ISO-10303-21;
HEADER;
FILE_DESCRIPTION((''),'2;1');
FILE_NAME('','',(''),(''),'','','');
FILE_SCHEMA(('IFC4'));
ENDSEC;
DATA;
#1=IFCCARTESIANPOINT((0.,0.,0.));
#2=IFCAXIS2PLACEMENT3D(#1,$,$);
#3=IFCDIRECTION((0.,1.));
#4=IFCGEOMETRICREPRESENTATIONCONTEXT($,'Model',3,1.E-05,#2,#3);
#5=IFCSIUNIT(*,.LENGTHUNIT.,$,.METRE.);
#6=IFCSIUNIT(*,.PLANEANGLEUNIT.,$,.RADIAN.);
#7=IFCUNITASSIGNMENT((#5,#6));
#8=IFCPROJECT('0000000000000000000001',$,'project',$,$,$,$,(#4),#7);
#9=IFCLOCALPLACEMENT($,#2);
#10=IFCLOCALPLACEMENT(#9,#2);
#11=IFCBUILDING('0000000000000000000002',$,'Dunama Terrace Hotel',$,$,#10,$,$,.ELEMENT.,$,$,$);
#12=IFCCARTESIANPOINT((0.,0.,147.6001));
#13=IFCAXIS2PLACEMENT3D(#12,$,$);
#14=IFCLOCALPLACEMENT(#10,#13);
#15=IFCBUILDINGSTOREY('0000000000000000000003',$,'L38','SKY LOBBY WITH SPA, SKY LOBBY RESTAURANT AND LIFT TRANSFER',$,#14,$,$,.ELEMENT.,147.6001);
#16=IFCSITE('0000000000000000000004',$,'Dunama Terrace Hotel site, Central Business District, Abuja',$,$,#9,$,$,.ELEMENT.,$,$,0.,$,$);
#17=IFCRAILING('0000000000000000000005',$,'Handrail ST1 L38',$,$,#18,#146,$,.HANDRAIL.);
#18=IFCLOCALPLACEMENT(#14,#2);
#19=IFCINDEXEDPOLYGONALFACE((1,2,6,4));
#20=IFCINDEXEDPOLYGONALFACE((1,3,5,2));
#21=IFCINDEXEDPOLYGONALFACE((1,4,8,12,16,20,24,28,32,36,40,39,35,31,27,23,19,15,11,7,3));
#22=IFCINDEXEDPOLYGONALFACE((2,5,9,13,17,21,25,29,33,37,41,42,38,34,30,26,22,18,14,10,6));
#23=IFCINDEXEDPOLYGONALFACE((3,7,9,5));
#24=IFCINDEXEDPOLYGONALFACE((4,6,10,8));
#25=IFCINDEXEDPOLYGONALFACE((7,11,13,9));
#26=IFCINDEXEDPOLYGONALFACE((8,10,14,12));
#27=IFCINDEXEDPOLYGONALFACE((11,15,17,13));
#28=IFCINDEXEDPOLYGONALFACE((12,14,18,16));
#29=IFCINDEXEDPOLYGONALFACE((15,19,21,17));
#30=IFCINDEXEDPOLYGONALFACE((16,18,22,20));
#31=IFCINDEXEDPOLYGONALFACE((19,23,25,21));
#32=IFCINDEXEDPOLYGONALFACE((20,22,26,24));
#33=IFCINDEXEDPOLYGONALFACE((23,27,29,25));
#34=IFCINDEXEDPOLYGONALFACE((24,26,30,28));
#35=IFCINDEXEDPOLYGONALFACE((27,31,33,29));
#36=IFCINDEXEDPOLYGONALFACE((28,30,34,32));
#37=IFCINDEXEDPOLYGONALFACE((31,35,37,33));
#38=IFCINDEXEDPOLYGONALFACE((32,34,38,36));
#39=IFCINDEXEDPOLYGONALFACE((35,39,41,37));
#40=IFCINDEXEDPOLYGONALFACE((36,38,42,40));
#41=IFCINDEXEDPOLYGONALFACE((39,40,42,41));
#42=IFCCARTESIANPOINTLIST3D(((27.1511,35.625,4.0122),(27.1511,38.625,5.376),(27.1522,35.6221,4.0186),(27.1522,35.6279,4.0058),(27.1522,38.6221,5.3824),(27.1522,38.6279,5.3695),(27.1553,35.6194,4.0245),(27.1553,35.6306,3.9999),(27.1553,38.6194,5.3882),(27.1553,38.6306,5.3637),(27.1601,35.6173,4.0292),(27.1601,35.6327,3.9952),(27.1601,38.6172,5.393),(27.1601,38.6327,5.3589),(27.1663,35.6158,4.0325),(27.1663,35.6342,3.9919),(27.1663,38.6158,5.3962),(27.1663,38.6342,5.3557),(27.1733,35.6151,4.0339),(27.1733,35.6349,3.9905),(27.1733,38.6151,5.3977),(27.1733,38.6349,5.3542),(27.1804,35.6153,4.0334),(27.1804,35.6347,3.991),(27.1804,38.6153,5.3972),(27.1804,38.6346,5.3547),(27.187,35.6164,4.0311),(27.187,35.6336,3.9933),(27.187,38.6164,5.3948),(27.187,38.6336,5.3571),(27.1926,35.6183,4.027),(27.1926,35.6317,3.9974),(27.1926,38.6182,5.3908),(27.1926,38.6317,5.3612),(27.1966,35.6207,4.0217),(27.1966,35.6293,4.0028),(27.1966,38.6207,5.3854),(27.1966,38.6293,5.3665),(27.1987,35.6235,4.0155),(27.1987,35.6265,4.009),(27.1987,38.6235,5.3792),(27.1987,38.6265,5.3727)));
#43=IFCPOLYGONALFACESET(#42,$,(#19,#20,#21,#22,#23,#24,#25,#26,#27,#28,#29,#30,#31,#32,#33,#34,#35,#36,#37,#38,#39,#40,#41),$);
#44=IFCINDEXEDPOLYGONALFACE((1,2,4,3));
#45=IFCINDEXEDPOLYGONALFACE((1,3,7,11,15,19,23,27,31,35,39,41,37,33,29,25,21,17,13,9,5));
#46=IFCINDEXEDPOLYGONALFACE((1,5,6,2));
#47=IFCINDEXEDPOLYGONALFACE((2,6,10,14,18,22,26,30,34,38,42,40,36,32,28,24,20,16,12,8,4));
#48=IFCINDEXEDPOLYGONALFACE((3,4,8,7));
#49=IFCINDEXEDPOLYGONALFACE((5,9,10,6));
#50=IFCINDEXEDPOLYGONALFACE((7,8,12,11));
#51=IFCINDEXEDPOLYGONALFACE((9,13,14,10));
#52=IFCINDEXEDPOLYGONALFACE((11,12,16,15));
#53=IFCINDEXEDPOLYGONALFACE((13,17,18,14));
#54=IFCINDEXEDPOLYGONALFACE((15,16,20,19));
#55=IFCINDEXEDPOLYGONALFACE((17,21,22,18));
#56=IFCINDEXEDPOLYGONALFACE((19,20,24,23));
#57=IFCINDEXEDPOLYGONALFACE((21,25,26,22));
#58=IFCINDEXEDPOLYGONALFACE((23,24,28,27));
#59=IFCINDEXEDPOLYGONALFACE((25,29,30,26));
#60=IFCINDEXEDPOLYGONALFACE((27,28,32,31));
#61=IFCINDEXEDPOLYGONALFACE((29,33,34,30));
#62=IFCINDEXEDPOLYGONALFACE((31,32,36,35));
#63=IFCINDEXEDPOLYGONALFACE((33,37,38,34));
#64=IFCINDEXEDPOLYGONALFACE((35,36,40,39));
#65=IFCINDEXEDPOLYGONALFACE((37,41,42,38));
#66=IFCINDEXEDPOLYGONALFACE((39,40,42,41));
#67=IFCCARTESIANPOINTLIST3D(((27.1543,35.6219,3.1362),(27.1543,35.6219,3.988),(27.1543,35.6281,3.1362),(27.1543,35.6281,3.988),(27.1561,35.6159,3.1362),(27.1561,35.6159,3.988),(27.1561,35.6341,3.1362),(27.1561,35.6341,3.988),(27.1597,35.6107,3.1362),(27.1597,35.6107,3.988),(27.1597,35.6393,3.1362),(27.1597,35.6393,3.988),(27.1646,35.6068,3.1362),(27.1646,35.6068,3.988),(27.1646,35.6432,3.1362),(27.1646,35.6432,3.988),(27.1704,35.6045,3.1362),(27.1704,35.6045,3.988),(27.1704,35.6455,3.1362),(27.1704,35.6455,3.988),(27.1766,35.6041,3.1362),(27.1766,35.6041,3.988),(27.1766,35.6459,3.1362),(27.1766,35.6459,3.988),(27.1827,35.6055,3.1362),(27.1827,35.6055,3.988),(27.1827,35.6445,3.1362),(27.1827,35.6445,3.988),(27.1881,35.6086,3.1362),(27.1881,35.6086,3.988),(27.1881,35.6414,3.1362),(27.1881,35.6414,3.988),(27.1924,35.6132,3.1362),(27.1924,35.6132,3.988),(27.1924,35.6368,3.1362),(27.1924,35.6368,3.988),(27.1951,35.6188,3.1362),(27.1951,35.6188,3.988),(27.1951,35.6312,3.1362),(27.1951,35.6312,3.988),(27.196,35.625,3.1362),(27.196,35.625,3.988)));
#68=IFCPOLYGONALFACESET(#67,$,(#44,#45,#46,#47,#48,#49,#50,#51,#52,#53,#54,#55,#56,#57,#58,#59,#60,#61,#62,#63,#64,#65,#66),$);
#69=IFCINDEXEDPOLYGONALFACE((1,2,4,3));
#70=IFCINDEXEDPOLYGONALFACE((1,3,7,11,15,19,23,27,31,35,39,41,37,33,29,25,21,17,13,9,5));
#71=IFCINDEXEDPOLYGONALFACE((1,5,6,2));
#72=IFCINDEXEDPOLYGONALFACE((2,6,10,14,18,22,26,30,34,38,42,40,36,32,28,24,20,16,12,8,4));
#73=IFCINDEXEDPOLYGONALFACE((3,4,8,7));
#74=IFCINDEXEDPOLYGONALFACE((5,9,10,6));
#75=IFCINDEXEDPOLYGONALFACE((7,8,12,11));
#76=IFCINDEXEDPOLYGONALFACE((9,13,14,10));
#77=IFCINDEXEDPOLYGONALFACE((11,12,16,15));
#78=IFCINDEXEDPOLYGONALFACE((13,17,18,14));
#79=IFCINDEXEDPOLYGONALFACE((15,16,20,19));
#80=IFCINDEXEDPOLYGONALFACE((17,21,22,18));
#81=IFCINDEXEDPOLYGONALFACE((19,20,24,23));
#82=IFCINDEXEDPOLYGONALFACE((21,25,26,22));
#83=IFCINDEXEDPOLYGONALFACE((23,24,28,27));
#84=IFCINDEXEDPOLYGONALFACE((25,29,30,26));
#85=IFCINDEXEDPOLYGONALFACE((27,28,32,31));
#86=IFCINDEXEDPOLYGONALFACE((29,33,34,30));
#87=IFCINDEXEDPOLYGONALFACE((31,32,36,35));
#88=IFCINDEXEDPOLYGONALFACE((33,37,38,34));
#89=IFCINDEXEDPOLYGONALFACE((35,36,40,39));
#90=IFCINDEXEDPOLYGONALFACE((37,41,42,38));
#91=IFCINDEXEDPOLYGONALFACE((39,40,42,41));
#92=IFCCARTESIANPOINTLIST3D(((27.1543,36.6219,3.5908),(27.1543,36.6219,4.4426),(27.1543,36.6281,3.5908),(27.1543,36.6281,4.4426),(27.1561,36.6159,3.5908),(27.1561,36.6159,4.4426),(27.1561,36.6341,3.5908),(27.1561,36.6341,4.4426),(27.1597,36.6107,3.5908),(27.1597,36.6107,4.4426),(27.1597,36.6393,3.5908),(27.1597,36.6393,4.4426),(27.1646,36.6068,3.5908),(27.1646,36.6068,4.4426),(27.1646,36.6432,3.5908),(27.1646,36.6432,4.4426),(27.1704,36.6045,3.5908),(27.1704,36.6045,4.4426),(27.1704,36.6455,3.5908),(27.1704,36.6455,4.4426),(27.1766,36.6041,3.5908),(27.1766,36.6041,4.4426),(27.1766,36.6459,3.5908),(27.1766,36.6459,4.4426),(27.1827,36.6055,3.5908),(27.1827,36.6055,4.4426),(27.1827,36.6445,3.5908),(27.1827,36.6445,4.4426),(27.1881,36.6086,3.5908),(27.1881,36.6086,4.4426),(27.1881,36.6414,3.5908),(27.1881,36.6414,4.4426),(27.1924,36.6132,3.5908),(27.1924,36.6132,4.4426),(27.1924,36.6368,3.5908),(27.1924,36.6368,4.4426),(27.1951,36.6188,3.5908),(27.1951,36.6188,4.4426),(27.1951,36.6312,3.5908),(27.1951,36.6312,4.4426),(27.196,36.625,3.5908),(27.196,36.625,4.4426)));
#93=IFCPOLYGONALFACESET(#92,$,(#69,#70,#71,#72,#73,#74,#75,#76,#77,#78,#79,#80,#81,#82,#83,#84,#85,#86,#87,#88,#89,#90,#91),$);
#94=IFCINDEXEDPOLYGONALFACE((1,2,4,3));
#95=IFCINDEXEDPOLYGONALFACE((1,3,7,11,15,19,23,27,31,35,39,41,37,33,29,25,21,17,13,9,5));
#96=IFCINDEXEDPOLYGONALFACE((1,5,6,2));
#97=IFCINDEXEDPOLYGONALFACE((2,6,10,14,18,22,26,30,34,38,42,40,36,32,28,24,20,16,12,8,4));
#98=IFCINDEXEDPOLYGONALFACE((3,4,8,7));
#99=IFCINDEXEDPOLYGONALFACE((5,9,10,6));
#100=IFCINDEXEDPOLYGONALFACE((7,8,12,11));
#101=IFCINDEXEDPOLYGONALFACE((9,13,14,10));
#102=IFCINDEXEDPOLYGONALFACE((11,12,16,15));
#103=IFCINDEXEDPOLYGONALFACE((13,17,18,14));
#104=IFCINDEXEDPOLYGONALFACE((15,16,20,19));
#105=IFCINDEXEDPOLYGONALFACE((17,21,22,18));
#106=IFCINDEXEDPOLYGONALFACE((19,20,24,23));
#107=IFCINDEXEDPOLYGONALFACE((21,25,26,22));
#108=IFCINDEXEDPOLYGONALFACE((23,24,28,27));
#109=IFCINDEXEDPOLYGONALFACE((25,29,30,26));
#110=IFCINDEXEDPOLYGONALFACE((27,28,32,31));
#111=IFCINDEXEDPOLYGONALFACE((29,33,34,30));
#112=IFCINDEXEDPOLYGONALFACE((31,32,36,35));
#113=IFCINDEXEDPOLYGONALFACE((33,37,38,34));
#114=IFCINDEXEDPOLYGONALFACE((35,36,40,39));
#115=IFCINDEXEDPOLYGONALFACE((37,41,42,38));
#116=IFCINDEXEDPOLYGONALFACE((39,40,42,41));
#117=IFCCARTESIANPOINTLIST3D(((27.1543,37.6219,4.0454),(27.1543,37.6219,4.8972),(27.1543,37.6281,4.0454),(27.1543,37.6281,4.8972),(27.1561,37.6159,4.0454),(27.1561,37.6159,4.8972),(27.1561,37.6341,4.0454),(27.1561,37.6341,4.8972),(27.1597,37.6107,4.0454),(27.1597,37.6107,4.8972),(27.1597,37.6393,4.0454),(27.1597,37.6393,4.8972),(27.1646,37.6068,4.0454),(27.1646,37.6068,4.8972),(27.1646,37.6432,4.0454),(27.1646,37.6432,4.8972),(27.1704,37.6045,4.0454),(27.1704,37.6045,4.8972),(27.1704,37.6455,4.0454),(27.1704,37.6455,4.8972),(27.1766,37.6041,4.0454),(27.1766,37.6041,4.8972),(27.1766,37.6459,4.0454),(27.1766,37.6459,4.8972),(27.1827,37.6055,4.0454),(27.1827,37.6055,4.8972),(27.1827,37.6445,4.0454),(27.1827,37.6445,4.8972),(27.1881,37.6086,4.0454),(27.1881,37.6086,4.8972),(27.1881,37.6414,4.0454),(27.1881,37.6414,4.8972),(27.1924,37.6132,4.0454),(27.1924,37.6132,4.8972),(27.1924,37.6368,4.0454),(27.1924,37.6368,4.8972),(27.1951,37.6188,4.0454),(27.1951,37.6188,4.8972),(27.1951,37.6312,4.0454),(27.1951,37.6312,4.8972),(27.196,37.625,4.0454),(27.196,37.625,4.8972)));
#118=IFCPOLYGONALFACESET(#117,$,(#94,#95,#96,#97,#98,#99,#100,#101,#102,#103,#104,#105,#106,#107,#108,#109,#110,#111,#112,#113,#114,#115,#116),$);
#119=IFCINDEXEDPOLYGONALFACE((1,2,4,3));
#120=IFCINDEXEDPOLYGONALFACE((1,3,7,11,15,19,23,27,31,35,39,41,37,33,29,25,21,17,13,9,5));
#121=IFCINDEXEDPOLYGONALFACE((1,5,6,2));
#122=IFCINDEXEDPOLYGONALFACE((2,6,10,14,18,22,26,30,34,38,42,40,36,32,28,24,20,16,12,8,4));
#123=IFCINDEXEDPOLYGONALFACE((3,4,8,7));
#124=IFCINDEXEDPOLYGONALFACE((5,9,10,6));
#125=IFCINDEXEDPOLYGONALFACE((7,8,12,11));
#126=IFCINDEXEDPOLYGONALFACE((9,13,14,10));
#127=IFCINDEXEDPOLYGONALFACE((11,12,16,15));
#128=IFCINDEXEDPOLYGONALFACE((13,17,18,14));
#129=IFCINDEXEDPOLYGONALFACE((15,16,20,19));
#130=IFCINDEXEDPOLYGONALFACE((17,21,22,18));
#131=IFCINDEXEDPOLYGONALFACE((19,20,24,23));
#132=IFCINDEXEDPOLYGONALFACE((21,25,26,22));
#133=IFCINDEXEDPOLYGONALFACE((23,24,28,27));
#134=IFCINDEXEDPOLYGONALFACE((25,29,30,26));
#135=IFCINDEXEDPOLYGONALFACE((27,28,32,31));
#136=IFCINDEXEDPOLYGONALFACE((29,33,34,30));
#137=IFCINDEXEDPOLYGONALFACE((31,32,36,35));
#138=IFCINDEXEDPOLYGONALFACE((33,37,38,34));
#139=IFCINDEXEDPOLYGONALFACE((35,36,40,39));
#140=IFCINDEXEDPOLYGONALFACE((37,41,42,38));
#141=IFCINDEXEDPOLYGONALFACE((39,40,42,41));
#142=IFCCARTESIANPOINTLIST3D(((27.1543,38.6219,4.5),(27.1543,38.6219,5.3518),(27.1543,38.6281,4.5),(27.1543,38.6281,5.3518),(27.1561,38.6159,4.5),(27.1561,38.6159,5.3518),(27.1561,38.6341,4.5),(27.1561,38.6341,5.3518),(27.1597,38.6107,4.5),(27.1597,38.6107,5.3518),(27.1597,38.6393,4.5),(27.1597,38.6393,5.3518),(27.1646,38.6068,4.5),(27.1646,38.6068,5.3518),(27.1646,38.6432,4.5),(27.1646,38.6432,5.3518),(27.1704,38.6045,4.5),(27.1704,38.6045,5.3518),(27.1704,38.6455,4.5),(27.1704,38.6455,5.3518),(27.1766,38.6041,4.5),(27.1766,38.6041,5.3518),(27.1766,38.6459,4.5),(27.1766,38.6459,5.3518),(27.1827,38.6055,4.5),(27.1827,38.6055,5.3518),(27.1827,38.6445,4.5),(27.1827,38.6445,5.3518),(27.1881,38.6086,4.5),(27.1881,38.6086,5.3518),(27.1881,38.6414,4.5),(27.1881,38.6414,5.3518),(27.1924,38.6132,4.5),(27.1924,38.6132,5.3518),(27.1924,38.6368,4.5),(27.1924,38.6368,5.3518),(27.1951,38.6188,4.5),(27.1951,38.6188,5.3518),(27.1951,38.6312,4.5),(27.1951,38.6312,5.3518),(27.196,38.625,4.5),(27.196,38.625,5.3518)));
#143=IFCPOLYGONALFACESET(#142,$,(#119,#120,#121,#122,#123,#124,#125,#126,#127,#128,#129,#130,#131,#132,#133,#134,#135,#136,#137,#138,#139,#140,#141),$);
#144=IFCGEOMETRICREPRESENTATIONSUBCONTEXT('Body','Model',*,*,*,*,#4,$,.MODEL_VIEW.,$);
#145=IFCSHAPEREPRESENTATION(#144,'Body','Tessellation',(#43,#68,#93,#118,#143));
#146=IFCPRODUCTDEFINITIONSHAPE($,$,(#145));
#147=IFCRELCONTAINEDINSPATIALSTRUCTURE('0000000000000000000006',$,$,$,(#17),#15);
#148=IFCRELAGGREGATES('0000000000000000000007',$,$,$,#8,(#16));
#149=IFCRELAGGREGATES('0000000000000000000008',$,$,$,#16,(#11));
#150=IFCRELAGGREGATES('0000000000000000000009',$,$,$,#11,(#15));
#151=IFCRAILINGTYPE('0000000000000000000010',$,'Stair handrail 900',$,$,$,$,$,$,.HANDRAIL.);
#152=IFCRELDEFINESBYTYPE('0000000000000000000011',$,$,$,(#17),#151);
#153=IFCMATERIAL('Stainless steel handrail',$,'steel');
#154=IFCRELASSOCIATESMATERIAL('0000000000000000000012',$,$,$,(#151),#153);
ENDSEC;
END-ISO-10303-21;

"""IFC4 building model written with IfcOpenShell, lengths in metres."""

from ifc_helpers import new_model, si_unit, direction, frame, origin, origin_2d, place, context, subcontext, project, spatial, circle, extrude, material, type_object, element, save


model = new_model("IFC4")

# Units and contexts
model_context = context("Model", 3, precision=1e-05, world=origin(), true_north=direction((0.0, 1.0)))
body_context = subcontext(model_context, "Body", "Model", "MODEL_VIEW")
ifc_project = project(units=[si_unit("LENGTHUNIT", "METRE"), si_unit("PLANEANGLEUNIT", "RADIAN")], contexts=[model_context])

# Site, building, storey
site_placement = place(None, origin())
site = spatial("IfcSite", under=ifc_project, at=site_placement, Name="Dunama Terrace Hotel site, Central Business District, Abuja", CompositionType="ELEMENT", RefElevation=0.0)
building_placement = place(site_placement, origin())
building = spatial("IfcBuilding", under=site, at=building_placement, Name="Dunama Terrace Hotel", CompositionType="ELEMENT")
storey_placement = place(building_placement, frame((0.0, 0.0, 147.6001)))
storey = spatial("IfcBuildingStorey", under=building, at=storey_placement, Name="L38", Description="SKY LOBBY WITH SPA, SKY LOBBY RESTAURANT AND LIFT TRANSFER", CompositionType="ELEMENT", Elevation=147.6001)

# Railing
ifc_material_1 = material(Name="Stainless steel handrail", Category="steel")
railing_type = type_object("IfcRailingType", Name="Stair handrail 900", PredefinedType="HANDRAIL", material=ifc_material_1)
railing_1_placement = place(storey_placement, frame((27.175, 35.625, 3.1362)))
element("IfcRailing", 1, at=railing_1_placement, inside=storey, type_object=railing_type, Name="Handrail ST1 L38", PredefinedType="HANDRAIL", context=body_context, shape_type="SweptSolid", body=[
    extrude(circle(Radius=0.0239, at=origin_2d()), frame((0.0, 0.0, 0.876), z_axis=(0.0, 0.910351, 0.413836), x_axis=(-1.0, 0.0, 0.0)), (0.0, 0.0, 1.0), 3.2954),
    extrude(circle(Radius=0.021, at=origin_2d()), origin(), (0.0, 0.0, 1.0), 0.8518),
    extrude(circle(Radius=0.021, at=origin_2d()), frame((0.0, 1.0, 0.4546)), (0.0, 0.0, 1.0), 0.8518),
    extrude(circle(Radius=0.021, at=origin_2d()), frame((0.0, 2.0, 0.9092)), (0.0, 0.0, 1.0), 0.8518),
    extrude(circle(Radius=0.021, at=origin_2d()), frame((0.0, 3.0, 1.3638)), (0.0, 0.0, 1.0), 0.8518),
])

save(model, "model.ifc")
